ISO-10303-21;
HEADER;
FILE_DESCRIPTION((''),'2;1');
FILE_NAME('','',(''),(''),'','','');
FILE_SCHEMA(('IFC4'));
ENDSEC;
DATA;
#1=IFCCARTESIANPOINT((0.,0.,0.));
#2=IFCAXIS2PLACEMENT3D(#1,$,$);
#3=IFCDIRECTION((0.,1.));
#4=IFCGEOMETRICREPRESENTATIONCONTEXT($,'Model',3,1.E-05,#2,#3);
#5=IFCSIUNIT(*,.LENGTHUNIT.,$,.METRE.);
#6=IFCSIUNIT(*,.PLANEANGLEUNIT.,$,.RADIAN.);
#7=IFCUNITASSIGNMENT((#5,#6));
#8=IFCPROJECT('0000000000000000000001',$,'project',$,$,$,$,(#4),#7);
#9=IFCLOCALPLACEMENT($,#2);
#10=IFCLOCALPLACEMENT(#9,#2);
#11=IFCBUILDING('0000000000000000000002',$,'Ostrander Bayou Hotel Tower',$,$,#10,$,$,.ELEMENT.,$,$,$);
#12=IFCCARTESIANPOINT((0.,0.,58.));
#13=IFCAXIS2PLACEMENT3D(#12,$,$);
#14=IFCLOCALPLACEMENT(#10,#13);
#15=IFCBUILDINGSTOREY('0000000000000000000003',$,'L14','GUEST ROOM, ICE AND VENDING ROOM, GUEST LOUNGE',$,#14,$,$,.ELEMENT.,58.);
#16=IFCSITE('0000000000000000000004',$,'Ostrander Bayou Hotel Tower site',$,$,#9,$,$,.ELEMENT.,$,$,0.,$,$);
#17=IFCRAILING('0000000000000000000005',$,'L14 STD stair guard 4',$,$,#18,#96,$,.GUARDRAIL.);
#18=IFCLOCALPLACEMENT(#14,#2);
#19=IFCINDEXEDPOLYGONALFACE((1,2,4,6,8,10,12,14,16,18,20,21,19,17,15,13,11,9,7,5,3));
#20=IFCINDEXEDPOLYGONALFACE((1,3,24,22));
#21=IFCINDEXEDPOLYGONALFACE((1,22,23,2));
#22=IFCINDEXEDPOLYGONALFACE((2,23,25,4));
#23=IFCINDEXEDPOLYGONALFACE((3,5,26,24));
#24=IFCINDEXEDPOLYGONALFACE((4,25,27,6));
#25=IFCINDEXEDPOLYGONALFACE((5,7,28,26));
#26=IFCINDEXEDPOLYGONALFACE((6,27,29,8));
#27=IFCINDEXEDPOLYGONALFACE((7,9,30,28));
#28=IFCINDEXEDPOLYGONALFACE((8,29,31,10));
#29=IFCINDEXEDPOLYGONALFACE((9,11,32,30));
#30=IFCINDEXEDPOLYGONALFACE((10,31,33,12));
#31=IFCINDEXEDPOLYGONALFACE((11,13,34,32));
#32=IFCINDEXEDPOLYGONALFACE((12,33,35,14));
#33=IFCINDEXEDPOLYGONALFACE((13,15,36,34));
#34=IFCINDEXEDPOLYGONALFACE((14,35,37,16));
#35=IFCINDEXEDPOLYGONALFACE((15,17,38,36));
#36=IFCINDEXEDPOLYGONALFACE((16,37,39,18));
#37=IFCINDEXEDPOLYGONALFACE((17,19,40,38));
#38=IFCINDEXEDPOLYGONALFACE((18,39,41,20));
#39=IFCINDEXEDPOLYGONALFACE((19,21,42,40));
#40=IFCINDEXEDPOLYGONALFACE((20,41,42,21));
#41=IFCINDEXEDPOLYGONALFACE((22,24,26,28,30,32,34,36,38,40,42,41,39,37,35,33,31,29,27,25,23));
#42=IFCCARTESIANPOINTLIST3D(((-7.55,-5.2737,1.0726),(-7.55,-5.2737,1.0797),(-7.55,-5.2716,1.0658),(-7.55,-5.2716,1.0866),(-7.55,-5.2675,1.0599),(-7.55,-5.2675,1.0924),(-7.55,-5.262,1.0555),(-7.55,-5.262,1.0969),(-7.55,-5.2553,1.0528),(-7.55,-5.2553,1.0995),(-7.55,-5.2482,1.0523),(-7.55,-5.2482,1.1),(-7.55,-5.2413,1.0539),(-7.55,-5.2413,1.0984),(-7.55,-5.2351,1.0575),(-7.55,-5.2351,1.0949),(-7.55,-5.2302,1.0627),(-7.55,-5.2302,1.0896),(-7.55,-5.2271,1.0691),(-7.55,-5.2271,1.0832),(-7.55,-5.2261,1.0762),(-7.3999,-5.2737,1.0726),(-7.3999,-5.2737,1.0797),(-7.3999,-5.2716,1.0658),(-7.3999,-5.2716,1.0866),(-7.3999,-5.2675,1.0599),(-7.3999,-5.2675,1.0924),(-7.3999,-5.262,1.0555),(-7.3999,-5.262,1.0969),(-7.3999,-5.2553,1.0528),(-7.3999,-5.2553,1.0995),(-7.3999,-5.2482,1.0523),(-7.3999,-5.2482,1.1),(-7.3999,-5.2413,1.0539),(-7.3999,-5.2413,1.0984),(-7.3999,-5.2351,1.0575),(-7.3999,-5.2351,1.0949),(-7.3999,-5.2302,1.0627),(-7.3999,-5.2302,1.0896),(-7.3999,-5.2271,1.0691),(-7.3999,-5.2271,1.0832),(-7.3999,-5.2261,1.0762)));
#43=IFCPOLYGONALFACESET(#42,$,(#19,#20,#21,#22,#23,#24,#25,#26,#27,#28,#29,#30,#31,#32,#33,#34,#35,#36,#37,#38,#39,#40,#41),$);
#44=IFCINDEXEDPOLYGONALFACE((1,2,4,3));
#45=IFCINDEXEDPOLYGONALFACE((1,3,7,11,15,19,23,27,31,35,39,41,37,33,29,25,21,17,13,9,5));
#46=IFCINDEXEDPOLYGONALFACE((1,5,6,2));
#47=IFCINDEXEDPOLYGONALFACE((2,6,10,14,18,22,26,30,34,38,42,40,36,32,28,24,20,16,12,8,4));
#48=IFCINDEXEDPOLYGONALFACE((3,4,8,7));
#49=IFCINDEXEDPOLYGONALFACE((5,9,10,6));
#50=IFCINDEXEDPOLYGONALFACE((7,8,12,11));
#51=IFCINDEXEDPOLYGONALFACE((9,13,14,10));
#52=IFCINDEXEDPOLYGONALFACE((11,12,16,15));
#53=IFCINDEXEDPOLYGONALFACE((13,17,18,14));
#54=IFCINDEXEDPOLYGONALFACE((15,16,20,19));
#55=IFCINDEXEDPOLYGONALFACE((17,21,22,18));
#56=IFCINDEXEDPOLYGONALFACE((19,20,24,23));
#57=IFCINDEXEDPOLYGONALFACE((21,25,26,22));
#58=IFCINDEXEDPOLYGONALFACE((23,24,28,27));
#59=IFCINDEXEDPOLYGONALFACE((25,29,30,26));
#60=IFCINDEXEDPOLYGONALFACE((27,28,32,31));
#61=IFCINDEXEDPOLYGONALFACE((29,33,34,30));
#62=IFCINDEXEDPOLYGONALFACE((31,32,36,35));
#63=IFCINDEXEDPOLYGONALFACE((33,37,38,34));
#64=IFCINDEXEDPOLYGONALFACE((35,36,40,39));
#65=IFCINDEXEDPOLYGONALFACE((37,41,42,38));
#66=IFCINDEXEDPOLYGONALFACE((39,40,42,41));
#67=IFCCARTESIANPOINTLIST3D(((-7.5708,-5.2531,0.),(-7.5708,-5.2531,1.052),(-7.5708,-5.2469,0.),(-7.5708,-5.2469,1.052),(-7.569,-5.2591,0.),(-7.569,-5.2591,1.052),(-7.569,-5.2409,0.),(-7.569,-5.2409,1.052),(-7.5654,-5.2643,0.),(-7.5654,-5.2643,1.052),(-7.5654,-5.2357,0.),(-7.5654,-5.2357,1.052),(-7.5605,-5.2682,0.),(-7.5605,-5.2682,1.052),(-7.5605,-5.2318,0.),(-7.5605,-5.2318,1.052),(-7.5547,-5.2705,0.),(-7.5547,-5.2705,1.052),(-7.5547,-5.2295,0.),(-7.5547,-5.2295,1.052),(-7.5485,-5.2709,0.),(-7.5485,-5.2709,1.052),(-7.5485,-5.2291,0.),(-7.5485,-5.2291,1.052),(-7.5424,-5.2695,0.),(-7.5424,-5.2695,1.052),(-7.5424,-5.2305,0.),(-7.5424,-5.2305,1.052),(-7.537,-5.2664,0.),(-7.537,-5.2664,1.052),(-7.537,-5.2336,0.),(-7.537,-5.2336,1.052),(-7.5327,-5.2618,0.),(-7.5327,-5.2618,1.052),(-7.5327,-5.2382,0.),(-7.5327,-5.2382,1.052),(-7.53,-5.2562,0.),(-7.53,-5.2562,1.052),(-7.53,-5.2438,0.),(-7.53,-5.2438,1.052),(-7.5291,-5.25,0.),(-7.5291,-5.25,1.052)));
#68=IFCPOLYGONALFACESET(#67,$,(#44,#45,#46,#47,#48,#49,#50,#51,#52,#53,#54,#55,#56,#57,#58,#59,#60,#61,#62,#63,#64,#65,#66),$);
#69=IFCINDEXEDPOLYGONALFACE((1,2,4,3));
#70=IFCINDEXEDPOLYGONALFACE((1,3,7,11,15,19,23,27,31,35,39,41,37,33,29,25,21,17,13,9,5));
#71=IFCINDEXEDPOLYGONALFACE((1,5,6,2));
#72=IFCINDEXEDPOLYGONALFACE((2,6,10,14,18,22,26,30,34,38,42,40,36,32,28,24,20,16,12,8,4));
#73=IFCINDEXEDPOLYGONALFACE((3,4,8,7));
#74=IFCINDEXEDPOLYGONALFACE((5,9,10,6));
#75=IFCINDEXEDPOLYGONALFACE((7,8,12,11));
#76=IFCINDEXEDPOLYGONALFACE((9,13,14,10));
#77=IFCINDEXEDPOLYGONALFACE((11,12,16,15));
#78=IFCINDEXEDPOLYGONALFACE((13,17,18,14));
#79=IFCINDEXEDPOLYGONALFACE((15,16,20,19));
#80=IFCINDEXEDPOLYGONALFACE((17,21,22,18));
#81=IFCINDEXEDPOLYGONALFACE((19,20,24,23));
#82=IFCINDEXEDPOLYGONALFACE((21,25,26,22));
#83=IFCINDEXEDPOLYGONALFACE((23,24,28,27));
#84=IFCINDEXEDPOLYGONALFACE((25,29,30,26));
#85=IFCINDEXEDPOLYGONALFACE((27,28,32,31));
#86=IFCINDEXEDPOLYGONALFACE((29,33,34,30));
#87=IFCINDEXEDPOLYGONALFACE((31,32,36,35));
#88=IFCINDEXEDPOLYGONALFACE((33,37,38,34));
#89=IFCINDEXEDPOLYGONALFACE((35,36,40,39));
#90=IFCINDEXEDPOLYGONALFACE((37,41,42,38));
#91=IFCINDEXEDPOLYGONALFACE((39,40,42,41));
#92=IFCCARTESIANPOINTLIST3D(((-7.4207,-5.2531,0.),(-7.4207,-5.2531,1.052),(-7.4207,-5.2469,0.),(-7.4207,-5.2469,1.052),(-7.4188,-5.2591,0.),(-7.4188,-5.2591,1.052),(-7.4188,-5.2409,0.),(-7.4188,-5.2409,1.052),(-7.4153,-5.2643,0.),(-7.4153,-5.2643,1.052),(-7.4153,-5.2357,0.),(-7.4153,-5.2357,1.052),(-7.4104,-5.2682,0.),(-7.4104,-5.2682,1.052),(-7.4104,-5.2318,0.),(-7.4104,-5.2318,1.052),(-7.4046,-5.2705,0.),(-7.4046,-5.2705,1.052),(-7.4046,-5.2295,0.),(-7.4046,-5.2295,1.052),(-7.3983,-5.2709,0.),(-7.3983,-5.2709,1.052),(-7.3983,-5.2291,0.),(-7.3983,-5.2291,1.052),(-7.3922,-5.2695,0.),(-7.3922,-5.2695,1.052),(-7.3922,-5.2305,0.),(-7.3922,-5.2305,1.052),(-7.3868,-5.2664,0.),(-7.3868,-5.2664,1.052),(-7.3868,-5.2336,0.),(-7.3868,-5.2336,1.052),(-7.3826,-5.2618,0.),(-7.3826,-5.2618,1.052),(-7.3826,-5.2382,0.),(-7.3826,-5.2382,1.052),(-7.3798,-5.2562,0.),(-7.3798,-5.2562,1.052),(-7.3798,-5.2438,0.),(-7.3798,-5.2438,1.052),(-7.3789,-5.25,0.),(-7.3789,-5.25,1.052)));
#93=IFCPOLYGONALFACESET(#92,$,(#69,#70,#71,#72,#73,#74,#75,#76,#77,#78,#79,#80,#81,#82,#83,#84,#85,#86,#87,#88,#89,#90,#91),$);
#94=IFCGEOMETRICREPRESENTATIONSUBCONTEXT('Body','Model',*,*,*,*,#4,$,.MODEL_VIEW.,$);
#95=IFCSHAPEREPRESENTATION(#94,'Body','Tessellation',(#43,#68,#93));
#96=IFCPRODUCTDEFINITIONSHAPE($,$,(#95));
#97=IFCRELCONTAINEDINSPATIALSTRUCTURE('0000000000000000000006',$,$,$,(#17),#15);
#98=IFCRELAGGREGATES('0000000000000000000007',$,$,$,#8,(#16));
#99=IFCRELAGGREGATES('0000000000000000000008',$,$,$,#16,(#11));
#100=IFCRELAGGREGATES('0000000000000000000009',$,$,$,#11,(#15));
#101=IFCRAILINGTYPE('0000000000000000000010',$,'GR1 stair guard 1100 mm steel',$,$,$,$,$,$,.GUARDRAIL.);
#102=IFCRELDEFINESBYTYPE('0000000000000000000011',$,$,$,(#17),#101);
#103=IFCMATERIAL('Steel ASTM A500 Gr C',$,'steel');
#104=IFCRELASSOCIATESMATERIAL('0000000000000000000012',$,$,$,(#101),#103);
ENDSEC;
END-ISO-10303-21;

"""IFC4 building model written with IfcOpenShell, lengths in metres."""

from ifc_helpers import new_model, si_unit, direction, frame, origin, origin_2d, place, context, subcontext, project, spatial, circle, extrude, material, type_object, element, save


model = new_model("IFC4")

# Units and contexts
model_context = context("Model", 3, precision=1e-05, world=origin(), true_north=direction((0.0, 1.0)))
body_context = subcontext(model_context, "Body", "Model", "MODEL_VIEW")
ifc_project = project(units=[si_unit("LENGTHUNIT", "METRE"), si_unit("PLANEANGLEUNIT", "RADIAN")], contexts=[model_context])

# Site, building, storey
site_placement = place(None, origin())
site = spatial("IfcSite", under=ifc_project, at=site_placement, Name="Ostrander Bayou Hotel Tower site", CompositionType="ELEMENT", RefElevation=0.0)
building_placement = place(site_placement, origin())
building = spatial("IfcBuilding", under=site, at=building_placement, Name="Ostrander Bayou Hotel Tower", CompositionType="ELEMENT")
storey_placement = place(building_placement, frame((0.0, 0.0, 58.0)))
storey = spatial("IfcBuildingStorey", under=building, at=storey_placement, Name="L14", Description="GUEST ROOM, ICE AND VENDING ROOM, GUEST LOUNGE", CompositionType="ELEMENT", Elevation=58.0)

# Railing
ifc_material_1 = material(Name="Steel ASTM A500 Gr C", Category="steel")
railing_type = type_object("IfcRailingType", Name="GR1 stair guard 1100 mm steel", PredefinedType="GUARDRAIL", material=ifc_material_1)
railing_1_placement = place(storey_placement, frame((-7.55, -5.25, 0.0)))
element("IfcRailing", 1, at=railing_1_placement, inside=storey, type_object=railing_type, Name="L14 STD stair guard 4", PredefinedType="GUARDRAIL", context=body_context, shape_type="SweptSolid", body=[
    extrude(circle(Radius=0.0239, at=origin_2d()), frame((0.0, 0.0, 1.0762), z_axis=(1.0, 0.0, 0.0), x_axis=(0.0, 1.0, 0.0)), (0.0, 0.0, 1.0), 0.1501),
    extrude(circle(Radius=0.021, at=origin_2d()), origin(), (0.0, 0.0, 1.0), 1.052),
    extrude(circle(Radius=0.021, at=origin_2d()), frame((0.1501, 0.0, 0.0)), (0.0, 0.0, 1.0), 1.052),
])

save(model, "model.ifc")
